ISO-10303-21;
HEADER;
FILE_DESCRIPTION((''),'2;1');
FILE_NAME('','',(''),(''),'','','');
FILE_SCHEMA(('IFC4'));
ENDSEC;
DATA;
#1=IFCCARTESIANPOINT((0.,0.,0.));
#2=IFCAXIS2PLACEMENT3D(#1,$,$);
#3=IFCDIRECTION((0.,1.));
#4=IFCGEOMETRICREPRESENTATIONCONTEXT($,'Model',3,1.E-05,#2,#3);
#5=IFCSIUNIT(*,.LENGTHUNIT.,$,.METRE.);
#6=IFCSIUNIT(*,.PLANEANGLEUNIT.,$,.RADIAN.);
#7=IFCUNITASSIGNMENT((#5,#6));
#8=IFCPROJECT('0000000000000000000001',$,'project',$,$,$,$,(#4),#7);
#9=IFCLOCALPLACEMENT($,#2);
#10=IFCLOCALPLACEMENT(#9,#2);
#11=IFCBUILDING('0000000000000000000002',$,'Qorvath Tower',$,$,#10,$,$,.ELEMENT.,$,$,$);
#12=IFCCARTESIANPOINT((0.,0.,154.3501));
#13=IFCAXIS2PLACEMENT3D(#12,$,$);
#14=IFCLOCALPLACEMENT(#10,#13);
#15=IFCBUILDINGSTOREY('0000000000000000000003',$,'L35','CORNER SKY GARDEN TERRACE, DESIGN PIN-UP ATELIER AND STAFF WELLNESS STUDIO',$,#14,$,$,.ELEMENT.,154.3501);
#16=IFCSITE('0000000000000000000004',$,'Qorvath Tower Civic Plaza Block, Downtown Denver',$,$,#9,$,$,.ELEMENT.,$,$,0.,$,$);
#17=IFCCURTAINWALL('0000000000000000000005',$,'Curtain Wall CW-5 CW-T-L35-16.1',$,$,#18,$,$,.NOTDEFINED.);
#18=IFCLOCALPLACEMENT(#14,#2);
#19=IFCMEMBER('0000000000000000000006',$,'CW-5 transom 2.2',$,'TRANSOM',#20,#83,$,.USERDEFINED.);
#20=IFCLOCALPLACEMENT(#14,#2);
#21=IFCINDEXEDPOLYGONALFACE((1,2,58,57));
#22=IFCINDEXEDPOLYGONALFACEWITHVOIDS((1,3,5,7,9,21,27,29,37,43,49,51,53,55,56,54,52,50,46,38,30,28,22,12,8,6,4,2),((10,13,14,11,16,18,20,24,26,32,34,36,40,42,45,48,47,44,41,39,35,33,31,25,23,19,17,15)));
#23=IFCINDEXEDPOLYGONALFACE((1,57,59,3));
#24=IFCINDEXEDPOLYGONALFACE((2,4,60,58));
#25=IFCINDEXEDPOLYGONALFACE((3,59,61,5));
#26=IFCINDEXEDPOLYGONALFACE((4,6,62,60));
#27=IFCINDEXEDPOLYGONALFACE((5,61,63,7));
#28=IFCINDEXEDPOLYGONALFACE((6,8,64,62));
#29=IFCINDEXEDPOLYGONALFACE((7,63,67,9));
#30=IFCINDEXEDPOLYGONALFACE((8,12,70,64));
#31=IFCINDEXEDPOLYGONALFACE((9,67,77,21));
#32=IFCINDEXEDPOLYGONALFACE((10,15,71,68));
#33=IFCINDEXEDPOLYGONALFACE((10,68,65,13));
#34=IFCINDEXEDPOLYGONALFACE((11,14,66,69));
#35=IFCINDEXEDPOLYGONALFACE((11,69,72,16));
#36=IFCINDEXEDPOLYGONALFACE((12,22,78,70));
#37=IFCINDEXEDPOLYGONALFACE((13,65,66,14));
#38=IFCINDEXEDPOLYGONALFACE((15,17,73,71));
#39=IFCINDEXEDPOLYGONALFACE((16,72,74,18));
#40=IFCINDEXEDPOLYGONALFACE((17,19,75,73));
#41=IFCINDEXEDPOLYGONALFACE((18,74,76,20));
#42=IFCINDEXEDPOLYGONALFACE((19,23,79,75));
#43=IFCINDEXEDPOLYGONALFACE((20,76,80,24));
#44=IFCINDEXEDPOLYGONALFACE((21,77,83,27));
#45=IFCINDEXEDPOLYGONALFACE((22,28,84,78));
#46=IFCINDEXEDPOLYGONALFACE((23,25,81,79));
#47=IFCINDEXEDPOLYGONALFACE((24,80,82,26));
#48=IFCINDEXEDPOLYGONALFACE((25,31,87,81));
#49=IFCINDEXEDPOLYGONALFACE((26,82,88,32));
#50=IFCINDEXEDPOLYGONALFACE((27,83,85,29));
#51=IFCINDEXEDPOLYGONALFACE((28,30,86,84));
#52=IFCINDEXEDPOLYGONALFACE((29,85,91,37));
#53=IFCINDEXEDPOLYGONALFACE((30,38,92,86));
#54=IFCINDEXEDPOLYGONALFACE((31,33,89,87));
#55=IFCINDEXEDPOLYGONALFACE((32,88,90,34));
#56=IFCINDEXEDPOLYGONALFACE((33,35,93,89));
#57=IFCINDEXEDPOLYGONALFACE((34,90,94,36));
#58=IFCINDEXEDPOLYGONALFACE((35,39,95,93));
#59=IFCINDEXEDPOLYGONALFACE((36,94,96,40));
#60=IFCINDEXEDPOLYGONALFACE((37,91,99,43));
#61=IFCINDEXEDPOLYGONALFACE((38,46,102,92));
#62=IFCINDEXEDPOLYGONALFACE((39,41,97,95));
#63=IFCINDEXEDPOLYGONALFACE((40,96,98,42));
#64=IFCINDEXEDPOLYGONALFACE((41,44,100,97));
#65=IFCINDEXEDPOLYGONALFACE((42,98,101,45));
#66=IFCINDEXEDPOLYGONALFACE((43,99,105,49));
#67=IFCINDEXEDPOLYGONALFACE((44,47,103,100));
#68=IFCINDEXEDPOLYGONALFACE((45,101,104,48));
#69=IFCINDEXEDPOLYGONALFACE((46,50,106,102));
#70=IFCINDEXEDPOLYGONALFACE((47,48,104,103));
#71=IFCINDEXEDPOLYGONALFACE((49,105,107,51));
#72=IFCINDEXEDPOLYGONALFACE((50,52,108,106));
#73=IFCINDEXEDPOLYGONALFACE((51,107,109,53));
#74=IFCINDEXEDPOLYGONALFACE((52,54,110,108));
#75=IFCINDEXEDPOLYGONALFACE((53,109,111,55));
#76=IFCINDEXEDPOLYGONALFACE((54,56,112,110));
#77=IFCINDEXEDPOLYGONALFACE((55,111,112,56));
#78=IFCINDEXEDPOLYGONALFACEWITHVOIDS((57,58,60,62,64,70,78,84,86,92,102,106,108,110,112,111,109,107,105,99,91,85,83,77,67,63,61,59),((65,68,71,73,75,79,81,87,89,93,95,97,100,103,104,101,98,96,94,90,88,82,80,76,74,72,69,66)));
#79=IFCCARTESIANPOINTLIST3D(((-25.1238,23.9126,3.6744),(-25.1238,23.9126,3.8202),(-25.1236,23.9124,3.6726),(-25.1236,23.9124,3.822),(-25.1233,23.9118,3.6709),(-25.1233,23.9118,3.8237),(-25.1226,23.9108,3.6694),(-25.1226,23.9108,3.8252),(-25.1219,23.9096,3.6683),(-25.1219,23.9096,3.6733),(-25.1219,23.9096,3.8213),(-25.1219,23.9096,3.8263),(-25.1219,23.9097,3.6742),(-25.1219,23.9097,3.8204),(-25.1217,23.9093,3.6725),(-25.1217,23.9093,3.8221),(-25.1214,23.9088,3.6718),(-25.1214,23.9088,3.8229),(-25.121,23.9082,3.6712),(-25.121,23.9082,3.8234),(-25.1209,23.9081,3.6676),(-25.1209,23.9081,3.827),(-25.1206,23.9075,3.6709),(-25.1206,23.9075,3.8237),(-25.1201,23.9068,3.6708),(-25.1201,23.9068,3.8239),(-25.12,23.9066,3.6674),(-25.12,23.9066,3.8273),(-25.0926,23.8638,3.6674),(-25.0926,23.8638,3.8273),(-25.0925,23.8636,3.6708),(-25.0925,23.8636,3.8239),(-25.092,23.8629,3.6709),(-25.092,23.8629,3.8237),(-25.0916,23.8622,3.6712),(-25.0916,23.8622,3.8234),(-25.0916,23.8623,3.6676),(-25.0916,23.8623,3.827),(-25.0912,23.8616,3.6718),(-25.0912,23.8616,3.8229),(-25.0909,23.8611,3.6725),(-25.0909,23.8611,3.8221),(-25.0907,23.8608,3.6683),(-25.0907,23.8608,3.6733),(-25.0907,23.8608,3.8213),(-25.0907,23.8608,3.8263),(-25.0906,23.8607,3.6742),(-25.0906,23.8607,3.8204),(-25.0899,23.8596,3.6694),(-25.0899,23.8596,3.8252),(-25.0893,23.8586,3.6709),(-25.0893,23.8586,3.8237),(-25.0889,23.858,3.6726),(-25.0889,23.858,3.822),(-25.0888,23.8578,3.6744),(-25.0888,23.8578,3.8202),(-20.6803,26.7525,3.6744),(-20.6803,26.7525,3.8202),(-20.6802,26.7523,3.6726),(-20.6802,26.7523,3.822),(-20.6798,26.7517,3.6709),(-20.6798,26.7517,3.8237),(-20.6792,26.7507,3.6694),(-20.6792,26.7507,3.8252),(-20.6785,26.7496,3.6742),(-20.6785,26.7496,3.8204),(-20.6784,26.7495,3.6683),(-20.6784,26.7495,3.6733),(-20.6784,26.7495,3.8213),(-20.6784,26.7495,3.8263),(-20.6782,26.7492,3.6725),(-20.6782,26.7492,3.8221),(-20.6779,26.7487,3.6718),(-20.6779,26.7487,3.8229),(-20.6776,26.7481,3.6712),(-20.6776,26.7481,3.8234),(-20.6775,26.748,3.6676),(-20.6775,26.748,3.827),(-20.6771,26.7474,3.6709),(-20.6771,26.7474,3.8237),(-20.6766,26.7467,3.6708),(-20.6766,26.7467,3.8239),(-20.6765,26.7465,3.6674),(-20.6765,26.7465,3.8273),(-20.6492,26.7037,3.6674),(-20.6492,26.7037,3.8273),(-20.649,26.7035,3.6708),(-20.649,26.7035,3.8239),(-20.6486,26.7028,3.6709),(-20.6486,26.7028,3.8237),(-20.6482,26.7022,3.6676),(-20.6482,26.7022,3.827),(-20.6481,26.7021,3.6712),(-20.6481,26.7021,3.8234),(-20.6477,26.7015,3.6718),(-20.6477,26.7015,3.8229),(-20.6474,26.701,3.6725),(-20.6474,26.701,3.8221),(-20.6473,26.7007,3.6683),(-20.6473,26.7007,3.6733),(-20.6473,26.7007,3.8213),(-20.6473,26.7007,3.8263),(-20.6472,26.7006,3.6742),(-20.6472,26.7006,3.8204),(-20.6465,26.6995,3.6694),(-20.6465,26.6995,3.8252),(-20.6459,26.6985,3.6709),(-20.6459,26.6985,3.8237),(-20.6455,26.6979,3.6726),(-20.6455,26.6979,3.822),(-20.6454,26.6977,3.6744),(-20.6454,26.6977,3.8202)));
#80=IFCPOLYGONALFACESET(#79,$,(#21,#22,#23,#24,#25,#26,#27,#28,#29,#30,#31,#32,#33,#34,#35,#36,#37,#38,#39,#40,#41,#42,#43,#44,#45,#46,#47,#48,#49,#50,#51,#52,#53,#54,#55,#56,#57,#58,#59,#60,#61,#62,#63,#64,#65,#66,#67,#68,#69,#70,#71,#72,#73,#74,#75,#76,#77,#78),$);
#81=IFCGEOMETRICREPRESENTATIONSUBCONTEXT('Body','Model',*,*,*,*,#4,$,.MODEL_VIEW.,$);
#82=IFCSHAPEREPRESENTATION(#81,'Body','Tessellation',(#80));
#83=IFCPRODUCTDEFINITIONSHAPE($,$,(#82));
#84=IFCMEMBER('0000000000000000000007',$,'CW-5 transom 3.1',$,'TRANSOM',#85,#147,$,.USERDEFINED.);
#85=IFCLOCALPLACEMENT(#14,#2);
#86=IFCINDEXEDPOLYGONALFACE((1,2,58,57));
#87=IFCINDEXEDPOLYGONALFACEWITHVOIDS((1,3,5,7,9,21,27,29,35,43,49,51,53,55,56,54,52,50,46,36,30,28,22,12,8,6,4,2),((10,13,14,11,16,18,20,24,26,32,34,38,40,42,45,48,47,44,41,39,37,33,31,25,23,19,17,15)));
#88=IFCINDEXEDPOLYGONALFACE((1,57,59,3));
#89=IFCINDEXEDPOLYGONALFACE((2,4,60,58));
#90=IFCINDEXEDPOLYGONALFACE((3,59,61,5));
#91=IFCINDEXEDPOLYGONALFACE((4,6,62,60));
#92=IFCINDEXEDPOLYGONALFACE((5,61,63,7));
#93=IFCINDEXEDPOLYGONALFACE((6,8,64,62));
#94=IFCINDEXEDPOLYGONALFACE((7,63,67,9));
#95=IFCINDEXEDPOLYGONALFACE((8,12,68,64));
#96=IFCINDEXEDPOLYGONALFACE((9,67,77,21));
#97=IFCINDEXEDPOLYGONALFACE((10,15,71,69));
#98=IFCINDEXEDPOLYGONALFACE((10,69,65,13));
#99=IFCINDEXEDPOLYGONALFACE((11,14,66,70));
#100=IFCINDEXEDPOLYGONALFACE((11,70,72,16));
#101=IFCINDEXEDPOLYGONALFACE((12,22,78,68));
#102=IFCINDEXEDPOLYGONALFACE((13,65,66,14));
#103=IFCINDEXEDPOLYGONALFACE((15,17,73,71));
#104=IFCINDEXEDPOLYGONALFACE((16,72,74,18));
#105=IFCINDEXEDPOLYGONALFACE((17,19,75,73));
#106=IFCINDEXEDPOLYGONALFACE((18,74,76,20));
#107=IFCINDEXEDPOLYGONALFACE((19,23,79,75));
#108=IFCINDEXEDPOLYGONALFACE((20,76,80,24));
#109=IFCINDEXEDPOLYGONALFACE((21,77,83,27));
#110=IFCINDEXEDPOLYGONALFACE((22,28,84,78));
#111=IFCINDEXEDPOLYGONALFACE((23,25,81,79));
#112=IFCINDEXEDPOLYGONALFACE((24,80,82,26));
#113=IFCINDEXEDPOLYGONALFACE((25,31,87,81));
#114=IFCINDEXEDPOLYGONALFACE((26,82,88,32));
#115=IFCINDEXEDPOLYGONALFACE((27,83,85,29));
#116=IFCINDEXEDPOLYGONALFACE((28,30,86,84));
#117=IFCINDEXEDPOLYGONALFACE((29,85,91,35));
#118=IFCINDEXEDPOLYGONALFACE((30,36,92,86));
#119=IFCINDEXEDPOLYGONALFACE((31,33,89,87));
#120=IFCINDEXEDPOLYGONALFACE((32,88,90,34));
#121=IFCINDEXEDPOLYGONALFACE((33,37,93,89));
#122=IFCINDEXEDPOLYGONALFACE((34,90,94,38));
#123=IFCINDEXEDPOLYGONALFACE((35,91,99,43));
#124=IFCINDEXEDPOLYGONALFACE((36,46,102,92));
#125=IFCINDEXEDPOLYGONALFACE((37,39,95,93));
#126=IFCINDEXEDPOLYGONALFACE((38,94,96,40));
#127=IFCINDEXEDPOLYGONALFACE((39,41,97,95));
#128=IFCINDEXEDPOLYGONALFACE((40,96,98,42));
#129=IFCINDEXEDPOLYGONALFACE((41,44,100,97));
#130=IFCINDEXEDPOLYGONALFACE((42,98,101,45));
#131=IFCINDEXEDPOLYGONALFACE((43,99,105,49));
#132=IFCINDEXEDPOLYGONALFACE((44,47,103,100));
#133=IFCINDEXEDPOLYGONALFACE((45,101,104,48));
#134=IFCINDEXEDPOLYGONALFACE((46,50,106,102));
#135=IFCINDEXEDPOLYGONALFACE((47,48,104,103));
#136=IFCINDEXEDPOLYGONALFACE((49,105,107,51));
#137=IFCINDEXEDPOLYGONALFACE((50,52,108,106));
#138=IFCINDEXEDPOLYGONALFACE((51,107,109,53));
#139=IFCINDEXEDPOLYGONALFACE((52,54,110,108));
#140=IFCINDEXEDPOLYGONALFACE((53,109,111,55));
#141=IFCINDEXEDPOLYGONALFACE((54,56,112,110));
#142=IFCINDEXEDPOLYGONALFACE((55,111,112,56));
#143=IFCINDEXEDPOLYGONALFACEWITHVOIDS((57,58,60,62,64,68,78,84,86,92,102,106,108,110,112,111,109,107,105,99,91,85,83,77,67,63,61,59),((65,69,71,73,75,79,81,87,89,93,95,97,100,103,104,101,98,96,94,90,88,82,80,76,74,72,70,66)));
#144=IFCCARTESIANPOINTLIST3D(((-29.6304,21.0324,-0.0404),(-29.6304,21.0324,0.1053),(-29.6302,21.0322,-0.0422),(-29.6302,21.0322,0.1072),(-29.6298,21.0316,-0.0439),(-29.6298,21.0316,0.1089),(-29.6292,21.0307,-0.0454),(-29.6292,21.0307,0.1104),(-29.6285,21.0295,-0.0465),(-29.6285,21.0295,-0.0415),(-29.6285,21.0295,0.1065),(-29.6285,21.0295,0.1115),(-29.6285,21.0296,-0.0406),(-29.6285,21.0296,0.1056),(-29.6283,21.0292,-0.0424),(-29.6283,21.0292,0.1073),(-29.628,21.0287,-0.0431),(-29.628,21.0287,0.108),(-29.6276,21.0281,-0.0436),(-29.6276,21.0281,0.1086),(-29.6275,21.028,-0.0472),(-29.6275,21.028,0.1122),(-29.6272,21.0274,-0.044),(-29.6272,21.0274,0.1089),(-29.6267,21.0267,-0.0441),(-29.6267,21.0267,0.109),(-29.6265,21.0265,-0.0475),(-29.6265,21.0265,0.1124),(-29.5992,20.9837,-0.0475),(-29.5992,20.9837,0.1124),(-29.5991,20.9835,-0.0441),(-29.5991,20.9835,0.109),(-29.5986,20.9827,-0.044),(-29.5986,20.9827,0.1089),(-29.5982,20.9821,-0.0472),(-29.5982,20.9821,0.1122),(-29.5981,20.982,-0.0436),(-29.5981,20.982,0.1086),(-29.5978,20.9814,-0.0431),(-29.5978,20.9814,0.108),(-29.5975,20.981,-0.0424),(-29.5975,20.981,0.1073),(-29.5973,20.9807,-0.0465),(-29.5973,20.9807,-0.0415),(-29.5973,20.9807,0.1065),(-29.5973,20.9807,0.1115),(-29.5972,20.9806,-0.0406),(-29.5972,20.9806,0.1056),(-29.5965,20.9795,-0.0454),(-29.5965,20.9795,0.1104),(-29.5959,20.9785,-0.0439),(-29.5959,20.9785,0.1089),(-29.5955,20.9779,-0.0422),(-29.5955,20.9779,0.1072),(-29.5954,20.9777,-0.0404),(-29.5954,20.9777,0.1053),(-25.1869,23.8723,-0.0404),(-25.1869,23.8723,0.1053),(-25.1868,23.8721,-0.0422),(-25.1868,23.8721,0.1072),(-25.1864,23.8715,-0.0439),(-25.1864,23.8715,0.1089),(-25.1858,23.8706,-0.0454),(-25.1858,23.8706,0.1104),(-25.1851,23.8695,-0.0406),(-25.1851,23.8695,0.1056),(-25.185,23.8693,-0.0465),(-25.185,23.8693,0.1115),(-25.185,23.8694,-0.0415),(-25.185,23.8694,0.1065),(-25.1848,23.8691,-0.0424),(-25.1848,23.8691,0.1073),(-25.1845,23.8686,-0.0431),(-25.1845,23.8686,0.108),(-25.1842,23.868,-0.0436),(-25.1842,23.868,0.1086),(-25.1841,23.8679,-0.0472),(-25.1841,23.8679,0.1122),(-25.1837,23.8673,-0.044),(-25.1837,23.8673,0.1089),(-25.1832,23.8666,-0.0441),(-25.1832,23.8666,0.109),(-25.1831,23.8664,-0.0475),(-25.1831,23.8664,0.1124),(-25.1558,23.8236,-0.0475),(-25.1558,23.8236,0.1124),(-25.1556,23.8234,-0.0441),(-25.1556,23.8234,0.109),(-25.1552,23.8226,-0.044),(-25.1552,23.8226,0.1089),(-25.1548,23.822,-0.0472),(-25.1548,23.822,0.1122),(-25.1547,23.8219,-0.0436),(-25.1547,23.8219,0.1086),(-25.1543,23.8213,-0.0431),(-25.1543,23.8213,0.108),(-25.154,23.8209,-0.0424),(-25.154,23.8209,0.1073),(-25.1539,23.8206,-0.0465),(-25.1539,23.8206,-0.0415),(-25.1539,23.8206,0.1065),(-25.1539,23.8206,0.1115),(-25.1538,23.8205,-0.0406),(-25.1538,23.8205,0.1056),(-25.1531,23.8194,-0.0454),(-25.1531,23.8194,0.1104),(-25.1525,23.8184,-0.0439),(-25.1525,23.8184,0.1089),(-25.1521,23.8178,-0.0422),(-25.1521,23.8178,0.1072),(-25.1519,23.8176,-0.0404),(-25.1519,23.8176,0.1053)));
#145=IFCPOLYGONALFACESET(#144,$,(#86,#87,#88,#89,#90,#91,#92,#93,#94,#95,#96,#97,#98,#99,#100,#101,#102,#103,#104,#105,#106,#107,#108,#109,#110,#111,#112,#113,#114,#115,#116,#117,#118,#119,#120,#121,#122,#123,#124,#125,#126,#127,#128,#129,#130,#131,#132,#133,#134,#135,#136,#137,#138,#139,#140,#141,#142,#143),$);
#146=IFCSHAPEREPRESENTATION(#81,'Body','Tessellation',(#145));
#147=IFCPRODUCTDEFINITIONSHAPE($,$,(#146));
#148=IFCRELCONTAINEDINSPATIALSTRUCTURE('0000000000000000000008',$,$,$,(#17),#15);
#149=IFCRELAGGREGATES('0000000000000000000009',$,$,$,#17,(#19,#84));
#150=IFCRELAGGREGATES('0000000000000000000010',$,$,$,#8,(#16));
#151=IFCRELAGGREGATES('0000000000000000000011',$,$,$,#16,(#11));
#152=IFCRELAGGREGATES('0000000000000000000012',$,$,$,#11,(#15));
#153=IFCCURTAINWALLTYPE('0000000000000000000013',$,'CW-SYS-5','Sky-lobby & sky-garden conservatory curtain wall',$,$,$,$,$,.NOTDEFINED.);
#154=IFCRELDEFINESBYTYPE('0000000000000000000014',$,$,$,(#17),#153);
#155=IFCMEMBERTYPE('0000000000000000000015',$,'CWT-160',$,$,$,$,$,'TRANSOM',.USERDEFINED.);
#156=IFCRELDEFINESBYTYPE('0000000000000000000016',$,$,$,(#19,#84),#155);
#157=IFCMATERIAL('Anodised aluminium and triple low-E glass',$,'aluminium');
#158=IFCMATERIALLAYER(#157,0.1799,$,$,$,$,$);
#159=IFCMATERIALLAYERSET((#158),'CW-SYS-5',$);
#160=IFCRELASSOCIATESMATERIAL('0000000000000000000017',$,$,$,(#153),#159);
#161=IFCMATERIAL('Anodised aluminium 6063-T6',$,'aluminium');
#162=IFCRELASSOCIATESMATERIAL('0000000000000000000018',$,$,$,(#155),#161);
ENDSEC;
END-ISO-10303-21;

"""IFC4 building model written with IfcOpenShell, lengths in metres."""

from ifc_helpers import new_model, si_unit, direction, frame, origin, origin_2d, place, context, subcontext, project, spatial, hollow_rectangle, extrude, material, layer, layer_set, material_profile, profile_set, type_object, element, aggregate, save


model = new_model("IFC4")

# Units and contexts
model_context = context("Model", 3, precision=1e-05, world=origin(), true_north=direction((0.0, 1.0)))
body_context = subcontext(model_context, "Body", "Model", "MODEL_VIEW")
ifc_project = project(units=[si_unit("LENGTHUNIT", "METRE"), si_unit("PLANEANGLEUNIT", "RADIAN")], contexts=[model_context])

# Site, building, storey
site_placement = place(None, origin())
site = spatial("IfcSite", under=ifc_project, at=site_placement, Name="Qorvath Tower Civic Plaza Block, Downtown Denver", CompositionType="ELEMENT", RefElevation=0.0)
building_placement = place(site_placement, origin())
building = spatial("IfcBuilding", under=site, at=building_placement, Name="Qorvath Tower", CompositionType="ELEMENT")
storey_placement = place(building_placement, frame((0.0, 0.0, 154.3501)))
storey = spatial("IfcBuildingStorey", under=building, at=storey_placement, Name="L35", Description="CORNER SKY GARDEN TERRACE, DESIGN PIN-UP ATELIER AND STAFF WELLNESS STUDIO", CompositionType="ELEMENT", Elevation=154.3501)

# Curtain wall, members
ifc_material_1 = material(Name="Anodised aluminium and triple low-E glass", Category="aluminium")
ifc_layer_1 = layer(ifc_material_1, 0.1799)
ifc_layer_set_1 = layer_set([ifc_layer_1], Name="CW-SYS-5")
curtain_wall_type = type_object("IfcCurtainWallType", Name="CW-SYS-5", Description="Sky-lobby & sky-garden conservatory curtain wall", PredefinedType="NOTDEFINED", material=ifc_layer_set_1)
curtain_wall_placement = place(storey_placement, origin())
curtain_wall = element("IfcCurtainWall", 1, at=curtain_wall_placement, inside=storey, type_object=curtain_wall_type, Name="Curtain Wall CW-5 CW-T-L35-16.1", PredefinedType="NOTDEFINED")
ifc_material_2 = material(Name="Anodised aluminium 6063-T6", Category="aluminium")
ifc_material_profile_1 = material_profile(ifc_material_2, hollow_rectangle(XDim=0.0649, YDim=0.1599, WallThickness=0.0034, InnerFilletRadius=0.0034, OuterFilletRadius=0.0071, at=origin_2d()), Name="CWT 160x65")
ifc_profile_set_1 = profile_set([ifc_material_profile_1], Name="Anodised aluminium 6063-T6")
member_type_1 = type_object("IfcMemberType", Name="CWT-160", ElementType="TRANSOM", PredefinedType="USERDEFINED", material=ifc_profile_set_1)
member_1_placement = place(storey_placement, frame((-20.6628, 26.7251, 3.7473), z_axis=(-0.842608, -0.538528, 0.0), x_axis=(0.538528, -0.842608, 0.0)))
member_1 = element("IfcMember", 2, at=member_1_placement, type_object=member_type_1, Name="CW-5 transom 2.2", ObjectType="TRANSOM", PredefinedType="USERDEFINED", context=body_context, shape_type="SweptSolid", body=[
    extrude(hollow_rectangle(XDim=0.0649, YDim=0.1599, WallThickness=0.0034, InnerFilletRadius=0.0034, OuterFilletRadius=0.0071, at=origin_2d()), origin(), (0.0, 0.0, 1.0), 5.2734),
])
member_2_placement = place(storey_placement, frame((-25.1694, 23.845, 0.0325), z_axis=(-0.842608, -0.538528, 0.0), x_axis=(0.538528, -0.842608, 0.0)))
member_2 = element("IfcMember", 3, at=member_2_placement, type_object=member_type_1, Name="CW-5 transom 3.1", ObjectType="TRANSOM", PredefinedType="USERDEFINED", context=body_context, shape_type="SweptSolid", body=[
    extrude(hollow_rectangle(XDim=0.0649, YDim=0.1599, WallThickness=0.0034, InnerFilletRadius=0.0034, OuterFilletRadius=0.0071, at=origin_2d()), origin(), (0.0, 0.0, 1.0), 5.2734),
])
aggregate(curtain_wall, [member_1, member_2])

save(model, "model.ifc")
